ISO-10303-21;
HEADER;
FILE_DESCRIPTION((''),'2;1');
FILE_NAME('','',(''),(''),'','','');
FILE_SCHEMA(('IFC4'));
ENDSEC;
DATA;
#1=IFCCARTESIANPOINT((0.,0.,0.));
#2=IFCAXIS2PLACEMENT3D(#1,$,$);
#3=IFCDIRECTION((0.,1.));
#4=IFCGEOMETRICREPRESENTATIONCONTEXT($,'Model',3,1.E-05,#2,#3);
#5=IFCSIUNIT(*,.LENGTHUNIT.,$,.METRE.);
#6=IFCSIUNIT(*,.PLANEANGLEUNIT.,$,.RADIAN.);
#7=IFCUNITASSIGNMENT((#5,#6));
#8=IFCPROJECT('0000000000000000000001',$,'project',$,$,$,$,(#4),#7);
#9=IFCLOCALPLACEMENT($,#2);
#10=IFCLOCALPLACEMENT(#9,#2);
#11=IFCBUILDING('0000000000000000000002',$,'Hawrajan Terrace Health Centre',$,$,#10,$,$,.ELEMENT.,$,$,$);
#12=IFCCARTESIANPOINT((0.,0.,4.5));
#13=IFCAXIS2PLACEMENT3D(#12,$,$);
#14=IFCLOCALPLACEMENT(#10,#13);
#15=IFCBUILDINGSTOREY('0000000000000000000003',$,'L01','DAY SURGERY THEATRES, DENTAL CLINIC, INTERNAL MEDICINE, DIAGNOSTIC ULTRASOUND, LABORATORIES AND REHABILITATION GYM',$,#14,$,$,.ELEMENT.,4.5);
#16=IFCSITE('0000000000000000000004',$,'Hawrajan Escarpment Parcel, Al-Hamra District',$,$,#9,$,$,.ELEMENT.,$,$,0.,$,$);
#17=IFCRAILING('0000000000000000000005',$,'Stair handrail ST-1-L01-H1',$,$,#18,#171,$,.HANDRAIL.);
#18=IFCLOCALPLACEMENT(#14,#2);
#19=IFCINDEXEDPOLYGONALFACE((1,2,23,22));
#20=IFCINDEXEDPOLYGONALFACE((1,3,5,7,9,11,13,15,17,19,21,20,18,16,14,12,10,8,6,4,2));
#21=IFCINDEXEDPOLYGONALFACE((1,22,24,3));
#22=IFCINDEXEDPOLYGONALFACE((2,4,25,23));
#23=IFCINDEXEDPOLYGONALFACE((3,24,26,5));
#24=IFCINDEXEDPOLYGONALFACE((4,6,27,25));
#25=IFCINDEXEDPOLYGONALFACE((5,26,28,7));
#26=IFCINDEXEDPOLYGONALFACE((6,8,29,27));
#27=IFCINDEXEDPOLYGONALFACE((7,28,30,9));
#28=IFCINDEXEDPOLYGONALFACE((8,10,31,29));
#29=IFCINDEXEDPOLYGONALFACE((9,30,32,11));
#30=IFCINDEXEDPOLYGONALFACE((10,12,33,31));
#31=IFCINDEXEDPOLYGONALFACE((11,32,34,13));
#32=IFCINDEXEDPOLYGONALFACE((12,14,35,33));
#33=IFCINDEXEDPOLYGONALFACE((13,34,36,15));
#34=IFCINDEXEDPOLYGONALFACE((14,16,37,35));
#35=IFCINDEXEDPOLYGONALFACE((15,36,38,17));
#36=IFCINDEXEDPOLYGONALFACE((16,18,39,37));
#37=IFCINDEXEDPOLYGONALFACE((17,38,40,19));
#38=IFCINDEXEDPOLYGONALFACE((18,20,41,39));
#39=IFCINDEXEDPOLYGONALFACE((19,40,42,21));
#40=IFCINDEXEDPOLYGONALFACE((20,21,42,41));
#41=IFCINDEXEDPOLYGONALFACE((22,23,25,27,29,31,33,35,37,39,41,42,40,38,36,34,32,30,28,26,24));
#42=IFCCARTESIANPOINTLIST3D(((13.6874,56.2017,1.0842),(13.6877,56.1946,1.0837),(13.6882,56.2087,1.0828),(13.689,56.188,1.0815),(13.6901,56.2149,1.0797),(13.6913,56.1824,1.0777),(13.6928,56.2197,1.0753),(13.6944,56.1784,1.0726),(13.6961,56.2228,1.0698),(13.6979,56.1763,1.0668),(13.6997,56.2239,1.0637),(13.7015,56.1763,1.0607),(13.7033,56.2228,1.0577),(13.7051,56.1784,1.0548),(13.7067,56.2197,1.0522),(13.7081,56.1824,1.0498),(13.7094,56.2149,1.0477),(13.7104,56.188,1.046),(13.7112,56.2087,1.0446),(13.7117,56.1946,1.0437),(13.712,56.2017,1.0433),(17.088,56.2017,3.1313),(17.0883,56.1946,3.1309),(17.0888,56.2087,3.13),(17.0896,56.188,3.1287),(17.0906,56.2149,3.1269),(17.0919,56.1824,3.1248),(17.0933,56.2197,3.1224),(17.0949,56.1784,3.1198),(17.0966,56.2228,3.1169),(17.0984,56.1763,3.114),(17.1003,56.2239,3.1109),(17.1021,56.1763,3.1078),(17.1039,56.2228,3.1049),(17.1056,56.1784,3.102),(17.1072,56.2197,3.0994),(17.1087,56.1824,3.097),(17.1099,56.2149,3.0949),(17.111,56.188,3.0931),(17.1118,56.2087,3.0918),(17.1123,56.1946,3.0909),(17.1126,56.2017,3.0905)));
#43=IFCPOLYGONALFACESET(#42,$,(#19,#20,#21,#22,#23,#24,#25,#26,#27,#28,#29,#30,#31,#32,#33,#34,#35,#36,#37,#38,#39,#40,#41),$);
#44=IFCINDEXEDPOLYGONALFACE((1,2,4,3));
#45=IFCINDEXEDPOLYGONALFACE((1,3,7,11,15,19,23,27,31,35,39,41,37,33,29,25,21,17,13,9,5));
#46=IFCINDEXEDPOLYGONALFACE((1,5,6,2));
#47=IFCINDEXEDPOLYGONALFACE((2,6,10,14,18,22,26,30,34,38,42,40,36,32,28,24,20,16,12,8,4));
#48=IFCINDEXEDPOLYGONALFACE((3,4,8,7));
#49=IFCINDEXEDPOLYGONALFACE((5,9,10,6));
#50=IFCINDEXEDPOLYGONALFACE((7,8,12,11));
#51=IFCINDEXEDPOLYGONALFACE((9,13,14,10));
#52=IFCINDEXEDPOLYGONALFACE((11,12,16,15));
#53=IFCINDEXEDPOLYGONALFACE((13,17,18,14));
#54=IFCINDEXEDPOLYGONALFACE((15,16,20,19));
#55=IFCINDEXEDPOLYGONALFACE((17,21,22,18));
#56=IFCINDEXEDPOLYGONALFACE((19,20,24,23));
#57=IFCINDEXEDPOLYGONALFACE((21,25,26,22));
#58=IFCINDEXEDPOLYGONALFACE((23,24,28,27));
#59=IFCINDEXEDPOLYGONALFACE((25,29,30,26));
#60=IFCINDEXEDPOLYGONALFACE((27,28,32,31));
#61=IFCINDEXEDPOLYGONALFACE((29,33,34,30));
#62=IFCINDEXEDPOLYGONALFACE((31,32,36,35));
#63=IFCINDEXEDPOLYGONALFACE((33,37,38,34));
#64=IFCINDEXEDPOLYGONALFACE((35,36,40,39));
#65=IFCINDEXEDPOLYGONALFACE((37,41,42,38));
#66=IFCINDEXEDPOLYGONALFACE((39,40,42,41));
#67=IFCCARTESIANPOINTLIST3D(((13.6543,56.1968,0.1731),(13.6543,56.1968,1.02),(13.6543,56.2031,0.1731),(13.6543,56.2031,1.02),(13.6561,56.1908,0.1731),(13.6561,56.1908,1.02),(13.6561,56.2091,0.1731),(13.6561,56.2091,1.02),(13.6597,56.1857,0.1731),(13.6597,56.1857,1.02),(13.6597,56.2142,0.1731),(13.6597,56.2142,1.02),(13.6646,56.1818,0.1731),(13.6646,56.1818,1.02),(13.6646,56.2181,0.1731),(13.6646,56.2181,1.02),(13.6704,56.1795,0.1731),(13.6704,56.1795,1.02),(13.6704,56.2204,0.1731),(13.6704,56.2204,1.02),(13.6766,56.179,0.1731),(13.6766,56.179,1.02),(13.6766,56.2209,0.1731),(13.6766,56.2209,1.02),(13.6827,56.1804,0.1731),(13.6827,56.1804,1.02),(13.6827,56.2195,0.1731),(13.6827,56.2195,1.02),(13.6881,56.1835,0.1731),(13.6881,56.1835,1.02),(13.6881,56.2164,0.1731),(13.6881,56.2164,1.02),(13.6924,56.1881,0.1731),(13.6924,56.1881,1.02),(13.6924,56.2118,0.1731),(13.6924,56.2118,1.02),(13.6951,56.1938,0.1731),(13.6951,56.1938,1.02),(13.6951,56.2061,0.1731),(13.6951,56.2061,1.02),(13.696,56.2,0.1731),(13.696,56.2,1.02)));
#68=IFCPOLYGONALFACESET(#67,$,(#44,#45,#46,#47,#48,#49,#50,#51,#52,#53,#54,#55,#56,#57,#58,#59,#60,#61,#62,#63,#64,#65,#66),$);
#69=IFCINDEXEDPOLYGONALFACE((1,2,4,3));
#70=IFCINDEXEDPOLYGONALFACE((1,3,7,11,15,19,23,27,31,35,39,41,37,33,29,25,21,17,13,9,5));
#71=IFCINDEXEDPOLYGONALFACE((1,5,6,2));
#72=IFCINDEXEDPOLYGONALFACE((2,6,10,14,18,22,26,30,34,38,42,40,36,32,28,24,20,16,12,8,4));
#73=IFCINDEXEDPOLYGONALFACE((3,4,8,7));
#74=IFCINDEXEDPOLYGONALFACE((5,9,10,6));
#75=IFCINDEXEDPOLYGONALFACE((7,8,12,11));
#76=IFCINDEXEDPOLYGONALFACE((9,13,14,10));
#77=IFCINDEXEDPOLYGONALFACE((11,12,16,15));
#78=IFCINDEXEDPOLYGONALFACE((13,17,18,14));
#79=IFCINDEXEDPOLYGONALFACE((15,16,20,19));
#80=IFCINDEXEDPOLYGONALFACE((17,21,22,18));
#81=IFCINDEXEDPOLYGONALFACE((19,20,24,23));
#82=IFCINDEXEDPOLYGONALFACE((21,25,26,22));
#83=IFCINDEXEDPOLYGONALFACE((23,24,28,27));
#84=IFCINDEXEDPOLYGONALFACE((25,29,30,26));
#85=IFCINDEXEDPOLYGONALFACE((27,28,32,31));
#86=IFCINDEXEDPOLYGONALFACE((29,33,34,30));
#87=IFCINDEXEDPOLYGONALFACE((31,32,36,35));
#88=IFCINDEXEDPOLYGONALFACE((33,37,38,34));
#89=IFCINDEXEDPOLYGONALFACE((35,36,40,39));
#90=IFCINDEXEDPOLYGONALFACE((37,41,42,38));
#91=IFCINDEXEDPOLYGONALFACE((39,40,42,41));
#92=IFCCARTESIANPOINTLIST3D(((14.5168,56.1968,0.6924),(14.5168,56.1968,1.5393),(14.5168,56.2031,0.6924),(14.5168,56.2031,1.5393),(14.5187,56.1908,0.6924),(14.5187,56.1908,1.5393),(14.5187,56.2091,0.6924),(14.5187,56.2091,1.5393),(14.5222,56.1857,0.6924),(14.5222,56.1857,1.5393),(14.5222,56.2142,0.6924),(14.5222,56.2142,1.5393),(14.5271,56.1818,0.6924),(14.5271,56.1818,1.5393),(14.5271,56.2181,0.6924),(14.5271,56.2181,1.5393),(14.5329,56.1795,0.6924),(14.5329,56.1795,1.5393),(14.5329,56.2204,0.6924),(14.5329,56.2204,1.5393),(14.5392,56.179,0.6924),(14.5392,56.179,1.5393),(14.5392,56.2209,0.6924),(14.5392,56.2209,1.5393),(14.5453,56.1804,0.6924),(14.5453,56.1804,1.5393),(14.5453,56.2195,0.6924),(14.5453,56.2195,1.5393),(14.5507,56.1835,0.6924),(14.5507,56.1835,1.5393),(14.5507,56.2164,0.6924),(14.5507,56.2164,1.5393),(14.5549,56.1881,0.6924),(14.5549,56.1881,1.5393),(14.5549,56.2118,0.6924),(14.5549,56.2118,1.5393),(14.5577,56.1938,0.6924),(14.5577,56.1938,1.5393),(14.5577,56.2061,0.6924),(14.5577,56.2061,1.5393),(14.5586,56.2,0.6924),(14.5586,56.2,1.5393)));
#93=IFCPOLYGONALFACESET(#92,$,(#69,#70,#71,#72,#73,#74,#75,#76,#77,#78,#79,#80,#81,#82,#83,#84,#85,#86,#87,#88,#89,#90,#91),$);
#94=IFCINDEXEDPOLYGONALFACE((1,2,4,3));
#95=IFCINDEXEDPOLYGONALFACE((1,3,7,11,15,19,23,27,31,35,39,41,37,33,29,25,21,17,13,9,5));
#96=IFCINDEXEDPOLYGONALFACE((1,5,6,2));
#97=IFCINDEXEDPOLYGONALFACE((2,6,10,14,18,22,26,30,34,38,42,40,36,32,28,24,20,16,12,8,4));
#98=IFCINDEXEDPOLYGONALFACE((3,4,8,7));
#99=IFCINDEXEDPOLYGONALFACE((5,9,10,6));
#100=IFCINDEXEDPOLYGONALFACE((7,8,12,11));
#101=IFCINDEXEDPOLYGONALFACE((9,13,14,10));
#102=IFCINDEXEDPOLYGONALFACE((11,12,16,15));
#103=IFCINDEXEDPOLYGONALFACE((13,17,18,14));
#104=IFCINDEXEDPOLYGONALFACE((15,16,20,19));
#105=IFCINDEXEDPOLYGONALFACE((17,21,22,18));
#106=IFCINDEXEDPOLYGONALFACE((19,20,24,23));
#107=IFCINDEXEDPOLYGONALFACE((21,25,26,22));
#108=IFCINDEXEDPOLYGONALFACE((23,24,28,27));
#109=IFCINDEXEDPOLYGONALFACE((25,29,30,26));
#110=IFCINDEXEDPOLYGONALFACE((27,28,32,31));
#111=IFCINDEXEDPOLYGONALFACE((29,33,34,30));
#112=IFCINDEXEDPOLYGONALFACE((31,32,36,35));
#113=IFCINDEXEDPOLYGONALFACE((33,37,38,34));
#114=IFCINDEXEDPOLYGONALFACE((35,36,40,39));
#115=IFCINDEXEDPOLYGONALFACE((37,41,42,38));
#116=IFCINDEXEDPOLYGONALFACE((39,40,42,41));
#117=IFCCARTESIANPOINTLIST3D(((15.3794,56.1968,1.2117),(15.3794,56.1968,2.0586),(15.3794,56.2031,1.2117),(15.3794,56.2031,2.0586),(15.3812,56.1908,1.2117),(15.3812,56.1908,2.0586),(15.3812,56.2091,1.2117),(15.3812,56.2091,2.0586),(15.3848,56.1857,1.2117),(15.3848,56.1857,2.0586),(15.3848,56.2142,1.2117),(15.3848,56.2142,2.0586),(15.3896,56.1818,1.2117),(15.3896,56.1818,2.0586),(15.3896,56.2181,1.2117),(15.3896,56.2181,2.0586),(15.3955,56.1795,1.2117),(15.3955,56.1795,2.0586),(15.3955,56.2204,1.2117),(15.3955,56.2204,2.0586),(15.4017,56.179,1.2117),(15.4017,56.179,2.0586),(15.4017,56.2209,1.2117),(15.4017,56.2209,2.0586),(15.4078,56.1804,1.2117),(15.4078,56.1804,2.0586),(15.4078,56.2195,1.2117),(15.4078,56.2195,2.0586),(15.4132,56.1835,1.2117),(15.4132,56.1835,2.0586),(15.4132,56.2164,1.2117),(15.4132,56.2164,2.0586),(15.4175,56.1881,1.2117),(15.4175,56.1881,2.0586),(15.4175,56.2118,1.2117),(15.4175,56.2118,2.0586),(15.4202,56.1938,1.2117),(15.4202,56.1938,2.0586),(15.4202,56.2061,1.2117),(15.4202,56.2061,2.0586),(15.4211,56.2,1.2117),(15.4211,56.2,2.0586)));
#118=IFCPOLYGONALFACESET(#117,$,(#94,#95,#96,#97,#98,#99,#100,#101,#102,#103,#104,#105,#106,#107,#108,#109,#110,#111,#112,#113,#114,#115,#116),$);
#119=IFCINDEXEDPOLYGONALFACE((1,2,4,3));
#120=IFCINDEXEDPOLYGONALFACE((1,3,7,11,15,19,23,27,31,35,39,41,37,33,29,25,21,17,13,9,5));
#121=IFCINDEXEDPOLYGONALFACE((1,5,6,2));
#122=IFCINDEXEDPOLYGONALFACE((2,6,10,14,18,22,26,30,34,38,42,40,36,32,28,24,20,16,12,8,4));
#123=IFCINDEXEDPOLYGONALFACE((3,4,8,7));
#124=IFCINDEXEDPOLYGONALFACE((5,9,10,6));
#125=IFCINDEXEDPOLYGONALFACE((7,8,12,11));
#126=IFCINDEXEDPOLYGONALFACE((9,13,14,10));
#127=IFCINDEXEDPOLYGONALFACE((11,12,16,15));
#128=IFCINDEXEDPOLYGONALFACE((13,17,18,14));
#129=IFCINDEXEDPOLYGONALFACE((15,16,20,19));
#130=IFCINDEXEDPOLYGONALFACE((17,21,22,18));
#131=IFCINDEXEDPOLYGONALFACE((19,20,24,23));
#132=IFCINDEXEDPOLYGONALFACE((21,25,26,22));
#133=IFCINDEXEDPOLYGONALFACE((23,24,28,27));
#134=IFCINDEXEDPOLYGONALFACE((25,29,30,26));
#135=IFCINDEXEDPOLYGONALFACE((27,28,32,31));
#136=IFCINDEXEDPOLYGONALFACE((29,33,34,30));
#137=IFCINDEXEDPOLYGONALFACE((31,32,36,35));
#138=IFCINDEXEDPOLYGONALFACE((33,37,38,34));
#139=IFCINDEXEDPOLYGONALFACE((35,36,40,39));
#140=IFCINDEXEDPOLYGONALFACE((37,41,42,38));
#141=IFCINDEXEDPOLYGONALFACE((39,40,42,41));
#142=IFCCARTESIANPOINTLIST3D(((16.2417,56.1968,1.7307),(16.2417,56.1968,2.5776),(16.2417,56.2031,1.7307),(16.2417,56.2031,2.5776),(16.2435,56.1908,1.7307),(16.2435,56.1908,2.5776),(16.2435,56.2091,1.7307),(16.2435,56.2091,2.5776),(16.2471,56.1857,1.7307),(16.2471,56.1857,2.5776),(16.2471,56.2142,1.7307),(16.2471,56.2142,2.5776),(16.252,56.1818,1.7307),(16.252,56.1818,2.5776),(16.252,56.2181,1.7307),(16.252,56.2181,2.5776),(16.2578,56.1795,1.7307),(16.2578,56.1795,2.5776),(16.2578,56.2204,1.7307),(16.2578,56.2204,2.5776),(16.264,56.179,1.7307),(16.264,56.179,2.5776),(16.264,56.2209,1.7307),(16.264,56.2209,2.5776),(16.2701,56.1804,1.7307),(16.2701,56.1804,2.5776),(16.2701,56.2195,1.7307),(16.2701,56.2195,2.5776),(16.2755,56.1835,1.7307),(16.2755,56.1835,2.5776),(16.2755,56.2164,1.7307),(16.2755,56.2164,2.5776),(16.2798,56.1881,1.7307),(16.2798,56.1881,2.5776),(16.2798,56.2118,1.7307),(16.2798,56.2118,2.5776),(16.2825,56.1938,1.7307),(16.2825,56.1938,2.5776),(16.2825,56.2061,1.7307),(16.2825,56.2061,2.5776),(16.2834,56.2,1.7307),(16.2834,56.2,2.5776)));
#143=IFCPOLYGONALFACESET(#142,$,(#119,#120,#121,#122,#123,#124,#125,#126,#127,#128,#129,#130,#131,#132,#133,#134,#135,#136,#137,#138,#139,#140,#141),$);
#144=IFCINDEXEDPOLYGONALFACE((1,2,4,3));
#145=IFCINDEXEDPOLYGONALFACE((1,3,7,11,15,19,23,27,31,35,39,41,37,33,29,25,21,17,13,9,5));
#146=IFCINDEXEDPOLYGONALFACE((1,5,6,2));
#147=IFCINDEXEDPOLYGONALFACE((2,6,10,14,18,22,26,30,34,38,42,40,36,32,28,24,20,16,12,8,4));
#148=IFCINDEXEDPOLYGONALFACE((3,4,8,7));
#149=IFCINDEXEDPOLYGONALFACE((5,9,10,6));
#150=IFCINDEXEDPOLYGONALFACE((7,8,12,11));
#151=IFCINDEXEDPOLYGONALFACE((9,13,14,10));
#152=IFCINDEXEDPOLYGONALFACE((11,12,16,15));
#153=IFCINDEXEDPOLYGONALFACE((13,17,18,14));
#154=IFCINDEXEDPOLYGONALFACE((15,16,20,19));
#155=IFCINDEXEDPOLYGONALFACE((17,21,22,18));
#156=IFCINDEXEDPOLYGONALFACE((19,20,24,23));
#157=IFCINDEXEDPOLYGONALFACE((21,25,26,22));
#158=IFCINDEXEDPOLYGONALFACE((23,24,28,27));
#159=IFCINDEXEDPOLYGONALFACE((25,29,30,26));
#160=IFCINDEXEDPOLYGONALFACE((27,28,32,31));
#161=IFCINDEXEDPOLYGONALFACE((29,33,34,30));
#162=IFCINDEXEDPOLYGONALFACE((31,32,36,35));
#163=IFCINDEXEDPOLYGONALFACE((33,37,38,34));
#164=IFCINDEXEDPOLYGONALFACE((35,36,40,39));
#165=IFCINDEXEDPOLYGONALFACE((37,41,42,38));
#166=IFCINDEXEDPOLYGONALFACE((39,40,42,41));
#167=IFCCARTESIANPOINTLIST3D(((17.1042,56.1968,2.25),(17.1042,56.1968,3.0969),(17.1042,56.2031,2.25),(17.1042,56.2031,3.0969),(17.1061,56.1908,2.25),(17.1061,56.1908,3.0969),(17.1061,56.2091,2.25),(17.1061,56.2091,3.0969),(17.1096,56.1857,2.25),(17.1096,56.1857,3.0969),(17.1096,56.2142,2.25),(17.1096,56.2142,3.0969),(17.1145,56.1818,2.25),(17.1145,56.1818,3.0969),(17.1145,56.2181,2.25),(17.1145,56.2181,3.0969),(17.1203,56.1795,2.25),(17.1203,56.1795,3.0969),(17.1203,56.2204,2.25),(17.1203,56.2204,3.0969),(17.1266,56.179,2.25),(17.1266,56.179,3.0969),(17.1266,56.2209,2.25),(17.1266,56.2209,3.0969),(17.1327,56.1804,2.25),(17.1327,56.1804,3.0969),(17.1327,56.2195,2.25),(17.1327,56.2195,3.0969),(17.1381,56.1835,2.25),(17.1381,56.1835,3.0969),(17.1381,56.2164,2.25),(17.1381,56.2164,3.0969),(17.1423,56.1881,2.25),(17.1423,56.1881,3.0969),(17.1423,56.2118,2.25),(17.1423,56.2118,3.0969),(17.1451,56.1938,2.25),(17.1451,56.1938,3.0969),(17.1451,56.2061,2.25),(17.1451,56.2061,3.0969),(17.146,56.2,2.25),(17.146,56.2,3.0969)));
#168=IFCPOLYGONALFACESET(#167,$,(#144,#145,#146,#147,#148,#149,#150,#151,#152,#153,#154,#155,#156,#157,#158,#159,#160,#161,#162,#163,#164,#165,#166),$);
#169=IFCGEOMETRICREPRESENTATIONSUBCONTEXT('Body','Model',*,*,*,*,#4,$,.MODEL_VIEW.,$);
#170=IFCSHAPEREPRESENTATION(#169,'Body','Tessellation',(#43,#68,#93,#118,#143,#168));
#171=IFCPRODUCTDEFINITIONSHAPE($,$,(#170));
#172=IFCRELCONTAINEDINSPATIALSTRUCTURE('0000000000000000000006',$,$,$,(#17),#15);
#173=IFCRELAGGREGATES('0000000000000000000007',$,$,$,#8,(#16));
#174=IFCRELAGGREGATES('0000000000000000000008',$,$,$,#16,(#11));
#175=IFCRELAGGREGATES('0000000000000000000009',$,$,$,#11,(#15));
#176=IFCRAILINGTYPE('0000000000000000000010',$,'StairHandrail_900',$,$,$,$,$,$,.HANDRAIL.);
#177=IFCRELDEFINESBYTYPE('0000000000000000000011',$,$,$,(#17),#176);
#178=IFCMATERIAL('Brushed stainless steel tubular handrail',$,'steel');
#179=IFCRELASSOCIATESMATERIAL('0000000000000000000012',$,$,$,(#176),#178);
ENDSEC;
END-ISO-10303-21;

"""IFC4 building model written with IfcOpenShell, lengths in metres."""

from ifc_helpers import new_model, si_unit, direction, frame, origin, origin_2d, place, context, subcontext, project, spatial, circle, extrude, material, type_object, element, save


model = new_model("IFC4")

# Units and contexts
model_context = context("Model", 3, precision=1e-05, world=origin(), true_north=direction((0.0, 1.0)))
body_context = subcontext(model_context, "Body", "Model", "MODEL_VIEW")
ifc_project = project(units=[si_unit("LENGTHUNIT", "METRE"), si_unit("PLANEANGLEUNIT", "RADIAN")], contexts=[model_context])

# Site, building, storey
site_placement = place(None, origin())
site = spatial("IfcSite", under=ifc_project, at=site_placement, Name="Hawrajan Escarpment Parcel, Al-Hamra District", CompositionType="ELEMENT", RefElevation=0.0)
building_placement = place(site_placement, origin())
building = spatial("IfcBuilding", under=site, at=building_placement, Name="Hawrajan Terrace Health Centre", CompositionType="ELEMENT")
storey_placement = place(building_placement, frame((0.0, 0.0, 4.5)))
storey = spatial("IfcBuildingStorey", under=building, at=storey_placement, Name="L01", Description="DAY SURGERY THEATRES, DENTAL CLINIC, INTERNAL MEDICINE, DIAGNOSTIC ULTRASOUND, LABORATORIES AND REHABILITATION GYM", CompositionType="ELEMENT", Elevation=4.5)

# Railing
ifc_material_1 = material(Name="Brushed stainless steel tubular handrail", Category="steel")
railing_type_1 = type_object("IfcRailingType", Name="StairHandrail_900", PredefinedType="HANDRAIL", material=ifc_material_1)
railing_1_placement = place(storey_placement, frame((13.675, 56.2, 0.1731)))
element("IfcRailing", 1, at=railing_1_placement, inside=storey, type_object=railing_type_1, Name="Stair handrail ST-1-L01-H1", PredefinedType="HANDRAIL", context=body_context, shape_type="SweptSolid", body=[
    extrude(circle(Radius=0.0239, at=origin_2d()), frame((0.0247, 0.0, 0.8906), z_axis=(0.856732, 0.0, 0.515761), x_axis=(0.0, 1.0, 0.0)), (0.0, 0.0, 1.0), 3.9692),
    extrude(circle(Radius=0.021, at=origin_2d()), origin(), (0.0, 0.0, 1.0), 0.8469),
    extrude(circle(Radius=0.021, at=origin_2d()), frame((0.8625, 0.0, 0.5193)), (0.0, 0.0, 1.0), 0.8469),
    extrude(circle(Radius=0.021, at=origin_2d()), frame((1.7251, 0.0, 1.0386)), (0.0, 0.0, 1.0), 0.8469),
    extrude(circle(Radius=0.021, at=origin_2d()), frame((2.5874, 0.0, 1.5576)), (0.0, 0.0, 1.0), 0.8469),
    extrude(circle(Radius=0.021, at=origin_2d()), frame((3.45, 0.0, 2.0769)), (0.0, 0.0, 1.0), 0.8469),
])

save(model, "model.ifc")
